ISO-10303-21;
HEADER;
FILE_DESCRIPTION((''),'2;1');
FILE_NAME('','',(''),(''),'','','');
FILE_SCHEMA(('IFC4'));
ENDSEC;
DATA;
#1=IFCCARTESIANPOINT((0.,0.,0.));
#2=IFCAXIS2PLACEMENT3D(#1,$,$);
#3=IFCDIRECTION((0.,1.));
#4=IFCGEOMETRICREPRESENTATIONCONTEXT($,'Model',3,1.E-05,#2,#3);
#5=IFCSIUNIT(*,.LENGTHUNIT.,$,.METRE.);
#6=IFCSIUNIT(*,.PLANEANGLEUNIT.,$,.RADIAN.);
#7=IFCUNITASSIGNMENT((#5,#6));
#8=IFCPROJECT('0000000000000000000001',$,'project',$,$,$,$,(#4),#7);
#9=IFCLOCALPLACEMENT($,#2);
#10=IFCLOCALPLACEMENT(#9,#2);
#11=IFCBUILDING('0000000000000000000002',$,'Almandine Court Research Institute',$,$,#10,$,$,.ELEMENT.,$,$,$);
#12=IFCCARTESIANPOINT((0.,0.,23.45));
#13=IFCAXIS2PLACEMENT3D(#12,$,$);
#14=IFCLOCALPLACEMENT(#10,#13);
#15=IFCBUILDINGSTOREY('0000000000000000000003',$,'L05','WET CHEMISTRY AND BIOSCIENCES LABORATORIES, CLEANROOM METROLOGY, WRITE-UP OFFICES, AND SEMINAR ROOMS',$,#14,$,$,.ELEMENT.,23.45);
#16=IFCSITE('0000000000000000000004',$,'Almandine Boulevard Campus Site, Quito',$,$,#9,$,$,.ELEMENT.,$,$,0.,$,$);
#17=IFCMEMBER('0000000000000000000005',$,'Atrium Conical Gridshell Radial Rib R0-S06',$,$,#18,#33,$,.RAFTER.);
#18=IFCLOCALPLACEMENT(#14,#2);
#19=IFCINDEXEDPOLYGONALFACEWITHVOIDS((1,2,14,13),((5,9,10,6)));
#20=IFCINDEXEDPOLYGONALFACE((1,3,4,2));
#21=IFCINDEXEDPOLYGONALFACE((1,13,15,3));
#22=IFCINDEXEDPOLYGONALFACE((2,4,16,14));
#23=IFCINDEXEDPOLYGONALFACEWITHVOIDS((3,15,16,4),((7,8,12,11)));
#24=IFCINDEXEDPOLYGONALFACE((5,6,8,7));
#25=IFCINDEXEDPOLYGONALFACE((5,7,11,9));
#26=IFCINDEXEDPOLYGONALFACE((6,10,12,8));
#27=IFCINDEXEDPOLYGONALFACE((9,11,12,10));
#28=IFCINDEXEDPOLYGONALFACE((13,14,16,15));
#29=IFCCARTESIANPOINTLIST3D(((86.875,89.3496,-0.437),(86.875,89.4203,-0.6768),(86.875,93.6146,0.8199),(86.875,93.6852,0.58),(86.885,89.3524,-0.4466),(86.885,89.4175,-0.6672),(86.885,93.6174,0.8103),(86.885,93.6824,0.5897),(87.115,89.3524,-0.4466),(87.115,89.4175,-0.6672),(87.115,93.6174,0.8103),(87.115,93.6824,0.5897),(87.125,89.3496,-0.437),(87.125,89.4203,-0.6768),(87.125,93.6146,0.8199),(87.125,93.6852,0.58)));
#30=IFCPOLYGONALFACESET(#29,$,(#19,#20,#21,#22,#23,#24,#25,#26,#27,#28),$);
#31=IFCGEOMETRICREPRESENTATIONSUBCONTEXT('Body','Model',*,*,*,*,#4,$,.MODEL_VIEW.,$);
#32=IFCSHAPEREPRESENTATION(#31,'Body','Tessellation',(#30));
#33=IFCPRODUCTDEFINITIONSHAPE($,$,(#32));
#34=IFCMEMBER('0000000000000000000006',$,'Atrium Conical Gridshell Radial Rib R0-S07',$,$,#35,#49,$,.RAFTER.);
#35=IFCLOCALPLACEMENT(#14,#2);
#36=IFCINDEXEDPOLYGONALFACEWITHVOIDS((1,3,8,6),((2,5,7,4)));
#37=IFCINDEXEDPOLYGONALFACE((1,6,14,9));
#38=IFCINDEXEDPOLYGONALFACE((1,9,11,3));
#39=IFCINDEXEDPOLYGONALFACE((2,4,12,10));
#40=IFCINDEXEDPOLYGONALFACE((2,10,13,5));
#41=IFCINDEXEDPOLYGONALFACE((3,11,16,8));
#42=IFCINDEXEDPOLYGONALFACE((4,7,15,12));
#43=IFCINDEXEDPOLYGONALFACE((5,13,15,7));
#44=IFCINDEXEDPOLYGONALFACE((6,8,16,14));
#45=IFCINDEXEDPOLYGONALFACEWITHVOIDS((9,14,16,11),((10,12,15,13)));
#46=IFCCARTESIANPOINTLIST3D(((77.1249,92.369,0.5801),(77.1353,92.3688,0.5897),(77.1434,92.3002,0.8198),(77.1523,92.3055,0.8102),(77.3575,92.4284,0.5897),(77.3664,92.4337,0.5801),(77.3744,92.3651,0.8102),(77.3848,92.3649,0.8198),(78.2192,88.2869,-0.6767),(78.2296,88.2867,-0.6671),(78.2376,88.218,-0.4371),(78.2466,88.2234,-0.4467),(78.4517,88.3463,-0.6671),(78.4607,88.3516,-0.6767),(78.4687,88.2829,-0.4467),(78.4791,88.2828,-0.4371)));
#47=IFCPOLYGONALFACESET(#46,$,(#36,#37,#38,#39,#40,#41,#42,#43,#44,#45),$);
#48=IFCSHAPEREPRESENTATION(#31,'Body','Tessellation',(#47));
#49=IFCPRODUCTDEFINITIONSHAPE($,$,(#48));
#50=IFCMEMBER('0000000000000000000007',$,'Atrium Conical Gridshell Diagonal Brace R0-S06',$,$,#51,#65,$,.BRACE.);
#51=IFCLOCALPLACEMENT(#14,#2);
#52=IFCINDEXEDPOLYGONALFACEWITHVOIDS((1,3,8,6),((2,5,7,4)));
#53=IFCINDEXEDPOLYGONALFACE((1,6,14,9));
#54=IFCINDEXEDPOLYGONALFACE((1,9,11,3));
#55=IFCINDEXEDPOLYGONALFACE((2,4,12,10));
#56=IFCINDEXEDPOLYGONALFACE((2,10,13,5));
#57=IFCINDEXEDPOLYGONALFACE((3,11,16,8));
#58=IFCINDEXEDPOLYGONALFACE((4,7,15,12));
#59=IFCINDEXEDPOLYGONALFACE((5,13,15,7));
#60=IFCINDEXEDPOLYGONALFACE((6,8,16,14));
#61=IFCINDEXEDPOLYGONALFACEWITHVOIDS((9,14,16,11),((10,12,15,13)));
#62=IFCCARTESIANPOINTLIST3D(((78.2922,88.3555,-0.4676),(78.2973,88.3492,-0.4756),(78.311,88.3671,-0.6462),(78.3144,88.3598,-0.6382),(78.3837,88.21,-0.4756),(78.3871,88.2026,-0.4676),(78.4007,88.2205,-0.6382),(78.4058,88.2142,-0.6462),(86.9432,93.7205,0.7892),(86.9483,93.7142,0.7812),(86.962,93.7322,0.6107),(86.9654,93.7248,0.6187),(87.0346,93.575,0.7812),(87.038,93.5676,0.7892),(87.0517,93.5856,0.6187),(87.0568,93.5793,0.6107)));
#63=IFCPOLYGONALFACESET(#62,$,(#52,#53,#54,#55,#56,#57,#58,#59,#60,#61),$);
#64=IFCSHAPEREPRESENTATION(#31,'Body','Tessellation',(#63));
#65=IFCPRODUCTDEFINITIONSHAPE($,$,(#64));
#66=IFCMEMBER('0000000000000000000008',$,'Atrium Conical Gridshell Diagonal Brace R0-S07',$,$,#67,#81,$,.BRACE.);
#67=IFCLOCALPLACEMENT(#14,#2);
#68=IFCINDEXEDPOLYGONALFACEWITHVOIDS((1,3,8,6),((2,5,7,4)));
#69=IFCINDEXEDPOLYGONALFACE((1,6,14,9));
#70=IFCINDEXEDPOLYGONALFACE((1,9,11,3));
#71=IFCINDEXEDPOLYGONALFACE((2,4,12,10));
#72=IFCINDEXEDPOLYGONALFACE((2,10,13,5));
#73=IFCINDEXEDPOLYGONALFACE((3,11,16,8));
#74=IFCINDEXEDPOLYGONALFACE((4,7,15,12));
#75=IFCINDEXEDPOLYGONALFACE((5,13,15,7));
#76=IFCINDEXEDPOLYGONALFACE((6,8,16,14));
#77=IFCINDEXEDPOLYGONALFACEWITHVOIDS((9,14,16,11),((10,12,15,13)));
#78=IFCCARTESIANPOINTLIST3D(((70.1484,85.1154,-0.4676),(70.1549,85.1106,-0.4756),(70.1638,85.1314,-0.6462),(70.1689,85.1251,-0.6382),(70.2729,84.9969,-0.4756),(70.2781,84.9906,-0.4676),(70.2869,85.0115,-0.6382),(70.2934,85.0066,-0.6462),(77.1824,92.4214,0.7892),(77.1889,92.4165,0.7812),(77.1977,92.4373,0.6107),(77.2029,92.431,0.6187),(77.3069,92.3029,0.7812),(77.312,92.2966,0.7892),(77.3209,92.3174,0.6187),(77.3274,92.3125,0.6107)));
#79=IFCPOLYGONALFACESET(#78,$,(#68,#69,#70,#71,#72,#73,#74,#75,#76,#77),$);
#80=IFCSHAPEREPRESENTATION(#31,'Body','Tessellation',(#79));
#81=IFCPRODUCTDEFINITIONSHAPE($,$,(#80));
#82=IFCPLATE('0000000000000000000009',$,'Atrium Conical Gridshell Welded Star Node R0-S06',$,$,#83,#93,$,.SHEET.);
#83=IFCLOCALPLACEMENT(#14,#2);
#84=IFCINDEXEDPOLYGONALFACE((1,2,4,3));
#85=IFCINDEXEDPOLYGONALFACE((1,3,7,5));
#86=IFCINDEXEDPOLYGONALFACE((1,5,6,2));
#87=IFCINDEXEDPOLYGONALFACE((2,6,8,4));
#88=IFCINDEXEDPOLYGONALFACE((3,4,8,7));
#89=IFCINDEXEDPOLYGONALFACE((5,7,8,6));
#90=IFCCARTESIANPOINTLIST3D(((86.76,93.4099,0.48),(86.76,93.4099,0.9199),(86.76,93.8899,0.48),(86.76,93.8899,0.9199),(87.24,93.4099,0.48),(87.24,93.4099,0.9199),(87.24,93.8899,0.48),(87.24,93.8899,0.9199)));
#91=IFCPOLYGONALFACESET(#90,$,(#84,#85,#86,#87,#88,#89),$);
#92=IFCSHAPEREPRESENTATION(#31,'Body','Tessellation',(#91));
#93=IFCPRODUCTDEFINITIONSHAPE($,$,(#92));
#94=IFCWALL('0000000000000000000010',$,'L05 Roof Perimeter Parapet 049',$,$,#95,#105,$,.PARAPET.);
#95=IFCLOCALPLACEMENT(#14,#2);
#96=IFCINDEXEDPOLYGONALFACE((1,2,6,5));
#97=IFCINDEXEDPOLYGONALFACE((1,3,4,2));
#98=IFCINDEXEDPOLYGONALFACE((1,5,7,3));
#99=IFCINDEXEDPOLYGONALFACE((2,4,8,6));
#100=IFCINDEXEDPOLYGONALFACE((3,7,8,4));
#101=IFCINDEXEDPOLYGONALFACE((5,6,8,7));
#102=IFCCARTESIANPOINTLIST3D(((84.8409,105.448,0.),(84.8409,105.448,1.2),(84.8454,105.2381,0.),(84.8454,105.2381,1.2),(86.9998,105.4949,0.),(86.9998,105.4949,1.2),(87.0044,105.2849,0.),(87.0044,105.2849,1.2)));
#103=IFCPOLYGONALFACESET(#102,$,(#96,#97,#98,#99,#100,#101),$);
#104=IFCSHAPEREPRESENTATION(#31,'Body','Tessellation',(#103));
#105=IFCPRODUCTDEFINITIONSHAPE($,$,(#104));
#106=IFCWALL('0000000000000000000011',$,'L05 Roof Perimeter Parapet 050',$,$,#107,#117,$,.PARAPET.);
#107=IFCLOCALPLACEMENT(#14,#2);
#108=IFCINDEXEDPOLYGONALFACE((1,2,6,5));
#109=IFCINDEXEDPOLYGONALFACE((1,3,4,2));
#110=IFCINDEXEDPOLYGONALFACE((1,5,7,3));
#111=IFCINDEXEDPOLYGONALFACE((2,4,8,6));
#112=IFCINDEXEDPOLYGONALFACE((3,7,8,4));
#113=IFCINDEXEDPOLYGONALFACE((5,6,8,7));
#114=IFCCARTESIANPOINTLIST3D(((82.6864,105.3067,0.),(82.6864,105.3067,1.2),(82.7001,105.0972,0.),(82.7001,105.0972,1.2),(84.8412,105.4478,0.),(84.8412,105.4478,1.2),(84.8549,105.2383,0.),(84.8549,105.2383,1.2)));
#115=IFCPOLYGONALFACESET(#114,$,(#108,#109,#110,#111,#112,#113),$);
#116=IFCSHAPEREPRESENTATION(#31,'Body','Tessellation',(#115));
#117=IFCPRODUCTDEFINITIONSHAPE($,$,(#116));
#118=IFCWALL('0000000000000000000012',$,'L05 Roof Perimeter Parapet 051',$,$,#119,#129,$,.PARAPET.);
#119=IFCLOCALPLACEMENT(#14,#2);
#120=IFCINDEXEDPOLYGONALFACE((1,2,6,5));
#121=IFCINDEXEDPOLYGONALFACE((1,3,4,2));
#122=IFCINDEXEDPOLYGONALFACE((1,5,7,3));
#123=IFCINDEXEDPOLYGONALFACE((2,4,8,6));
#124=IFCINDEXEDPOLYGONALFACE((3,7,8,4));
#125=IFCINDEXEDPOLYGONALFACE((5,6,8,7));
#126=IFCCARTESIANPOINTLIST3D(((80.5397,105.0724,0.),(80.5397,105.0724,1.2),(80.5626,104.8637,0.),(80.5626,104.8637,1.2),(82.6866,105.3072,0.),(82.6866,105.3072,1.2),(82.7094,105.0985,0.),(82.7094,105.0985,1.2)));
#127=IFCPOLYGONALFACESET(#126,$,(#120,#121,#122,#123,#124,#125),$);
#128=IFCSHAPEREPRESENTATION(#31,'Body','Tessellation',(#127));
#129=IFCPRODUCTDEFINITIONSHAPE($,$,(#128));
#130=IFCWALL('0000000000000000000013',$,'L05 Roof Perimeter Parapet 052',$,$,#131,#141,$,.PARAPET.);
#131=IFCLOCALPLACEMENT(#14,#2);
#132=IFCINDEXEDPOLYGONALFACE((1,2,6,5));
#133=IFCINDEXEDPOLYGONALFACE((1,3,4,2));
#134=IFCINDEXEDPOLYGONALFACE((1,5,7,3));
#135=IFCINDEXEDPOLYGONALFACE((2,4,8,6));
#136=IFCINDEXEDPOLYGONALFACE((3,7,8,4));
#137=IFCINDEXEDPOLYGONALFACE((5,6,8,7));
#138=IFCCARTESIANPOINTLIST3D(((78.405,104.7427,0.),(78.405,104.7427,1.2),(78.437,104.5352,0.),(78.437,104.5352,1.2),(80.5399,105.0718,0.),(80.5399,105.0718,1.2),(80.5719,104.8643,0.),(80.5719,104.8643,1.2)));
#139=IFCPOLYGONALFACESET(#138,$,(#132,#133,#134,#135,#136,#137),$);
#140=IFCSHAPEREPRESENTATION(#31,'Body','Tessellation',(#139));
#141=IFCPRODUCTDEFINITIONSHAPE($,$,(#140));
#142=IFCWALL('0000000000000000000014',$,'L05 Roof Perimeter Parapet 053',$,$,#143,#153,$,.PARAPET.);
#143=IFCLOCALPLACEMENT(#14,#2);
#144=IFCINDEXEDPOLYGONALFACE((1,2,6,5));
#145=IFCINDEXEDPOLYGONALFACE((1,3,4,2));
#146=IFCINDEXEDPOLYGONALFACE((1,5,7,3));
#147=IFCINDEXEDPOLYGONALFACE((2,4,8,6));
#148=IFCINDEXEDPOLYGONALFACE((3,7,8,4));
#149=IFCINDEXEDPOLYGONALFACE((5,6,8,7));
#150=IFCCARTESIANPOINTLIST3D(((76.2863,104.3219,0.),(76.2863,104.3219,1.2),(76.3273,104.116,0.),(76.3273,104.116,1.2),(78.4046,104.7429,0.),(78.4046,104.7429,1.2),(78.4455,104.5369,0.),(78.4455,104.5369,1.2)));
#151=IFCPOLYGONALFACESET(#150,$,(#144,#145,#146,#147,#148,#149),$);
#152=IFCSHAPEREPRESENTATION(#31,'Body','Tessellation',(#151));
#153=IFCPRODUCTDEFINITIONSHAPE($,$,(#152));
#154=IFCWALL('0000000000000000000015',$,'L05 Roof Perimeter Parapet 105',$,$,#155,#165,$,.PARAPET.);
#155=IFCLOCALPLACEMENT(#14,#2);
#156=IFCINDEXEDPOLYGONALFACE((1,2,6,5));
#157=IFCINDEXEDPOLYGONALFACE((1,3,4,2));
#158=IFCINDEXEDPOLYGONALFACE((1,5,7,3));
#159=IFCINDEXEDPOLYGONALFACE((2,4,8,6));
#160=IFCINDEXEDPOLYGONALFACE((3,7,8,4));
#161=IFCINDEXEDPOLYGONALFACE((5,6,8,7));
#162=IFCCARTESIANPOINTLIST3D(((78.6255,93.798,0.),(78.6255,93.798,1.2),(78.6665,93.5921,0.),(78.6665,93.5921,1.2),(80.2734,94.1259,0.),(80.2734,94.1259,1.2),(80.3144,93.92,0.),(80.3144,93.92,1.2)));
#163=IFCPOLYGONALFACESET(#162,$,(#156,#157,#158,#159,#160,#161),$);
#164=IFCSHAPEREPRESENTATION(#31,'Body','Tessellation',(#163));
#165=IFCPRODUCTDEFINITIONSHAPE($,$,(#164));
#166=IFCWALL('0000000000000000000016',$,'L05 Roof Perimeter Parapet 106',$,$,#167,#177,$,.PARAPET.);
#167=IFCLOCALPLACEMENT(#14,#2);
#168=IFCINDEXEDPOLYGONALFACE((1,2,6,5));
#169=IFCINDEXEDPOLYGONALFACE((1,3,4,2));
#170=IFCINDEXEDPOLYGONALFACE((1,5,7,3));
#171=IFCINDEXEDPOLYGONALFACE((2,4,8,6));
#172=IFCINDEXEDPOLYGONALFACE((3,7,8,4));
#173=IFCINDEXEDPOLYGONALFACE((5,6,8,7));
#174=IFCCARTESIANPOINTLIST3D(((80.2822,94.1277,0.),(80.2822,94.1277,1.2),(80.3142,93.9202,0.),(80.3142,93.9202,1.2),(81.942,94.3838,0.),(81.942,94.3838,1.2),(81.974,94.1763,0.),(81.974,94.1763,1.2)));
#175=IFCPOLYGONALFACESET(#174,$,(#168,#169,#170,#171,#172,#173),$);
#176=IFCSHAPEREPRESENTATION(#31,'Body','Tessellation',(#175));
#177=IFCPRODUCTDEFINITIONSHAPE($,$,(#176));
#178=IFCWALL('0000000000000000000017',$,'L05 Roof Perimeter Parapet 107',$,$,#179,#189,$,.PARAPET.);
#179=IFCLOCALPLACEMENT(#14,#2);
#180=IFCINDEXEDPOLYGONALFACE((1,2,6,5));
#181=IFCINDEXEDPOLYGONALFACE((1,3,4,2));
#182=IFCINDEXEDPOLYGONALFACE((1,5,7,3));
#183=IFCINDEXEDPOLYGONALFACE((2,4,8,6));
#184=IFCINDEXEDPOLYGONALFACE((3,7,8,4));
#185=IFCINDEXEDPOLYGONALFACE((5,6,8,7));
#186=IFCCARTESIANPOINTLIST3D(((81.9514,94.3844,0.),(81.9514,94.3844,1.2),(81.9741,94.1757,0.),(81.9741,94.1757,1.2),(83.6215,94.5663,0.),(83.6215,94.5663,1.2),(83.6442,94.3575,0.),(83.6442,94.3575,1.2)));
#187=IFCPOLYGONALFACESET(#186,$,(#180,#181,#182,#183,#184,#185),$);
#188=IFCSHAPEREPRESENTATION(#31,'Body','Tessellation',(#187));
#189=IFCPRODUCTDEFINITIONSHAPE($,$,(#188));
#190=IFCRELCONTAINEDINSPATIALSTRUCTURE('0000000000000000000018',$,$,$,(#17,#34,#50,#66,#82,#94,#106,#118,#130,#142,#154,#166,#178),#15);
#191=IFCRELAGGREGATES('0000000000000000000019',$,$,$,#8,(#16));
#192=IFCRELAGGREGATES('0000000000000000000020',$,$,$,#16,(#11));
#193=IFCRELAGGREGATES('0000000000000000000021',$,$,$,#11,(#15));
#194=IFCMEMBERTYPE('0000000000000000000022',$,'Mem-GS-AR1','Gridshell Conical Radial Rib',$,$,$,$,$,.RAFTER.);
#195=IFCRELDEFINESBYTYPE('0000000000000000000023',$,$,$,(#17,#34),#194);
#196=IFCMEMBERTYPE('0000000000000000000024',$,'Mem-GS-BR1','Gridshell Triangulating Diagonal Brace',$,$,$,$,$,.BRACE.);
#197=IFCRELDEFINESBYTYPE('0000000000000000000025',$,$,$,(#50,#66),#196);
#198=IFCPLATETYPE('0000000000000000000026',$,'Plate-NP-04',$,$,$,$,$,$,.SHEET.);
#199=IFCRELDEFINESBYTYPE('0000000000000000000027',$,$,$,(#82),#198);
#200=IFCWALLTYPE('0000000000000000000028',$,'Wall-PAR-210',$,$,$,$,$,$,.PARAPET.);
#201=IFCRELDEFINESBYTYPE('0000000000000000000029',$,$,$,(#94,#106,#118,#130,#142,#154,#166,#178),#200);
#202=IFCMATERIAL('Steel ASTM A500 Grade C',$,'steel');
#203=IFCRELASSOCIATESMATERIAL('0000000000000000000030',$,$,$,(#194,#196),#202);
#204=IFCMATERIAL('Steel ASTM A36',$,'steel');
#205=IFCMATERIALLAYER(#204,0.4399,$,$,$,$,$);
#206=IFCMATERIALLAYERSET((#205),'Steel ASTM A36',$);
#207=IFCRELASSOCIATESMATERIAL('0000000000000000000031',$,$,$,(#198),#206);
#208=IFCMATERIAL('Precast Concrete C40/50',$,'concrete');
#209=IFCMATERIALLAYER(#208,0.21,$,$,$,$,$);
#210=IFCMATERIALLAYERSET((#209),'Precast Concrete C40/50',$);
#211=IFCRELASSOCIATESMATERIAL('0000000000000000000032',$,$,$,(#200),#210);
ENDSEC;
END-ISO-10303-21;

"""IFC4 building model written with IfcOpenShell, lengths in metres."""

from ifc_helpers import new_model, si_unit, direction, frame, frame_2d, origin, origin_2d, place, context, subcontext, project, spatial, rectangle, hollow_rectangle, extrude, material, layer, layer_set, material_profile, profile_set, type_object, element, save


model = new_model("IFC4")

# Units and contexts
model_context = context("Model", 3, precision=1e-05, world=origin(), true_north=direction((0.0, 1.0)))
body_context = subcontext(model_context, "Body", "Model", "MODEL_VIEW")
ifc_project = project(units=[si_unit("LENGTHUNIT", "METRE"), si_unit("PLANEANGLEUNIT", "RADIAN")], contexts=[model_context])

# Site, building, storey
site_placement = place(None, origin())
site = spatial("IfcSite", under=ifc_project, at=site_placement, Name="Almandine Boulevard Campus Site, Quito", CompositionType="ELEMENT", RefElevation=0.0)
building_placement = place(site_placement, origin())
building = spatial("IfcBuilding", under=site, at=building_placement, Name="Almandine Court Research Institute", CompositionType="ELEMENT")
storey_placement = place(building_placement, frame((0.0, 0.0, 23.45)))
storey = spatial("IfcBuildingStorey", under=building, at=storey_placement, Name="L05", Description="WET CHEMISTRY AND BIOSCIENCES LABORATORIES, CLEANROOM METROLOGY, WRITE-UP OFFICES, AND SEMINAR ROOMS", CompositionType="ELEMENT", Elevation=23.45)

# Members
ifc_material_1 = material(Name="Steel ASTM A500 Grade C", Category="steel")
ifc_material_profile_1 = material_profile(ifc_material_1, hollow_rectangle(XDim=0.25, YDim=0.25, WallThickness=0.01, at=origin_2d()), Name="HSS 250x250x10")
ifc_profile_set_1 = profile_set([ifc_material_profile_1], Name="Steel ASTM A500 Grade C")
member_type_1 = type_object("IfcMemberType", Name="Mem-GS-AR1", Description="Gridshell Conical Radial Rib", PredefinedType="RAFTER", material=ifc_profile_set_1)
member_1_placement = place(storey_placement, frame((87.0, 93.6499, 0.7), z_axis=(0.0, -0.959216, -0.282675), x_axis=(1.0, 0.0, 0.0)))
element("IfcMember", 1, at=member_1_placement, inside=storey, type_object=member_type_1, Name="Atrium Conical Gridshell Radial Rib R0-S06", PredefinedType="RAFTER", context=body_context, shape_type="SweptSolid", body=[
    extrude(hollow_rectangle(XDim=0.25, YDim=0.25, WallThickness=0.01, at=origin_2d()), origin(), (0.0, 0.0, 1.0), 4.4463),
])
member_2_placement = place(storey_placement, frame((77.2549, 92.3669, 0.7), z_axis=(0.248178, -0.925824, -0.285056), x_axis=(0.965899, 0.258921, 0.0)))
element("IfcMember", 2, at=member_2_placement, inside=storey, type_object=member_type_1, Name="Atrium Conical Gridshell Radial Rib R0-S07", PredefinedType="RAFTER", context=body_context, shape_type="SweptSolid", body=[
    extrude(hollow_rectangle(XDim=0.25, YDim=0.25, WallThickness=0.01, at=origin_2d()), origin(), (0.0, 0.0, 1.0), 4.4092),
])
ifc_material_profile_2 = material_profile(ifc_material_1, hollow_rectangle(XDim=0.1799, YDim=0.1799, WallThickness=0.0081, at=origin_2d()), Name="HSS 180x180x8")
ifc_profile_set_2 = profile_set([ifc_material_profile_2], Name="Steel ASTM A500 Grade C")
member_type_2 = type_object("IfcMemberType", Name="Mem-GS-BR1", Description="Gridshell Triangulating Diagonal Brace", PredefinedType="BRACE", material=ifc_profile_set_2)
member_3_placement = place(storey_placement, frame((87.0, 93.6499, 0.7), z_axis=(-0.843435, -0.52307, -0.122538), x_axis=(0.527042, -0.849839, 0.0)))
element("IfcMember", 3, at=member_3_placement, inside=storey, type_object=member_type_2, Name="Atrium Conical Gridshell Diagonal Brace R0-S06", PredefinedType="BRACE", context=body_context, shape_type="SweptSolid", body=[
    extrude(hollow_rectangle(XDim=0.1799, YDim=0.1799, WallThickness=0.0081, at=origin_2d()), origin(), (0.0, 0.0, 1.0), 10.2568),
])
member_4_placement = place(storey_placement, frame((77.2549, 92.3669, 0.7), z_axis=(-0.688305, -0.714919, -0.122988), x_axis=(0.720388, -0.693571, 0.0)))
element("IfcMember", 4, at=member_4_placement, inside=storey, type_object=member_type_2, Name="Atrium Conical Gridshell Diagonal Brace R0-S07", PredefinedType="BRACE", context=body_context, shape_type="SweptSolid", body=[
    extrude(hollow_rectangle(XDim=0.1799, YDim=0.1799, WallThickness=0.0081, at=origin_2d()), origin(), (0.0, 0.0, 1.0), 10.2192),
])

# Plate
ifc_material_2 = material(Name="Steel ASTM A36", Category="steel")
ifc_layer_1 = layer(ifc_material_2, 0.4399)
ifc_layer_set_1 = layer_set([ifc_layer_1], Name="Steel ASTM A36")
plate_type = type_object("IfcPlateType", Name="Plate-NP-04", PredefinedType="SHEET", material=ifc_layer_set_1)
plate_placement = place(storey_placement, frame((87.0, 93.6499, 0.48), z_axis=(0.0, 0.0, 1.0), x_axis=(1.0, 0.0, 0.0)))
element("IfcPlate", 5, at=plate_placement, inside=storey, type_object=plate_type, Name="Atrium Conical Gridshell Welded Star Node R0-S06", PredefinedType="SHEET", context=body_context, shape_type="SweptSolid", body=[
    extrude(rectangle(XDim=0.48, YDim=0.48, at=origin_2d()), origin(), (0.0, 0.0, 1.0), 0.4399),
])

# Walls
ifc_material_3 = material(Name="Precast Concrete C40/50", Category="concrete")
ifc_layer_2 = layer(ifc_material_3, 0.21)
ifc_layer_set_2 = layer_set([ifc_layer_2], Name="Precast Concrete C40/50")
wall_type_1 = type_object("IfcWallType", Name="Wall-PAR-210", PredefinedType="PARAPET", material=ifc_layer_set_2)
for number, where, z_axis, x_axis, name in (
    (6, (87.002, 105.3899, 0.0), (0.0, 0.0, 1.0), (-0.999764, -0.021707, 0.0), "L05 Roof Perimeter Parapet 049"),
    (7, (84.8479, 105.343, 0.0), (0.0, 0.0, 1.0), (-0.997863, -0.065348, 0.0), "L05 Roof Perimeter Parapet 050"),
):
    element("IfcWall", number, at=place(storey_placement, frame(where, z_axis=z_axis, x_axis=x_axis)), inside=storey, type_object=wall_type_1, Name=name, PredefinedType="PARAPET", context=body_context, shape_type="SweptSolid", body=[
        extrude(rectangle(XDim=2.1594, YDim=0.21, at=frame_2d((1.0796, 0.0))), origin(), (0.0, 0.0, 1.0), 1.2),
    ])
wall_1_placement = place(storey_placement, frame((82.698, 105.2029, 0.0), z_axis=(0.0, 0.0, 1.0), x_axis=(-0.99407, -0.108744, 0.0)))
element("IfcWall", 8, at=wall_1_placement, inside=storey, type_object=wall_type_1, Name="L05 Roof Perimeter Parapet 051", PredefinedType="PARAPET", context=body_context, shape_type="SweptSolid", body=[
    extrude(rectangle(XDim=2.1597, YDim=0.21, at=frame_2d((1.0798, 0.0))), origin(), (0.0, 0.0, 1.0), 1.2),
])
wall_2_placement = place(storey_placement, frame((80.5559, 104.968, 0.0), z_axis=(0.0, 0.0, 1.0), x_axis=(-0.988327, -0.152346, 0.0)))
element("IfcWall", 9, at=wall_2_placement, inside=storey, type_object=wall_type_1, Name="L05 Roof Perimeter Parapet 052", PredefinedType="PARAPET", context=body_context, shape_type="SweptSolid", body=[
    extrude(rectangle(XDim=2.1602, YDim=0.21, at=frame_2d((1.0801, 0.0))), origin(), (0.0, 0.0, 1.0), 1.2),
])
wall_3_placement = place(storey_placement, frame((78.425, 104.6399, 0.0), z_axis=(0.0, 0.0, 1.0), x_axis=(-0.980823, -0.194899, 0.0)))
element("IfcWall", 10, at=wall_3_placement, inside=storey, type_object=wall_type_1, Name="L05 Roof Perimeter Parapet 053", PredefinedType="PARAPET", context=body_context, shape_type="SweptSolid", body=[
    extrude(rectangle(XDim=2.1597, YDim=0.21, at=frame_2d((1.0798, 0.0))), origin(), (0.0, 0.0, 1.0), 1.2),
])
wall_4_placement = place(storey_placement, frame((78.646, 93.6951, 0.0), z_axis=(0.0, 0.0, 1.0), x_axis=(0.980776, 0.195138, 0.0)))
element("IfcWall", 11, at=wall_4_placement, inside=storey, type_object=wall_type_1, Name="L05 Roof Perimeter Parapet 105", PredefinedType="PARAPET", context=body_context, shape_type="SweptSolid", body=[
    extrude(rectangle(XDim=1.6802, YDim=0.21, at=frame_2d((0.8401, 0.0))), origin(), (0.0, 0.0, 1.0), 1.2),
])
wall_5_placement = place(storey_placement, frame((80.2981, 94.0239, 0.0), z_axis=(0.0, 0.0, 1.0), x_axis=(0.988306, 0.152483, 0.0)))
element("IfcWall", 12, at=wall_5_placement, inside=storey, type_object=wall_type_1, Name="L05 Roof Perimeter Parapet 106", PredefinedType="PARAPET", context=body_context, shape_type="SweptSolid", body=[
    extrude(rectangle(XDim=1.6794, YDim=0.21, at=frame_2d((0.8398, 0.0))), origin(), (0.0, 0.0, 1.0), 1.2),
])
wall_6_placement = place(storey_placement, frame((81.9629, 94.28, 0.0), z_axis=(0.0, 0.0, 1.0), x_axis=(0.994122, 0.108262, 0.0)))
element("IfcWall", 13, at=wall_6_placement, inside=storey, type_object=wall_type_1, Name="L05 Roof Perimeter Parapet 107", PredefinedType="PARAPET", context=body_context, shape_type="SweptSolid", body=[
    extrude(rectangle(XDim=1.6799, YDim=0.21, at=frame_2d((0.8398, 0.0))), origin(), (0.0, 0.0, 1.0), 1.2),
])

save(model, "model.ifc")
